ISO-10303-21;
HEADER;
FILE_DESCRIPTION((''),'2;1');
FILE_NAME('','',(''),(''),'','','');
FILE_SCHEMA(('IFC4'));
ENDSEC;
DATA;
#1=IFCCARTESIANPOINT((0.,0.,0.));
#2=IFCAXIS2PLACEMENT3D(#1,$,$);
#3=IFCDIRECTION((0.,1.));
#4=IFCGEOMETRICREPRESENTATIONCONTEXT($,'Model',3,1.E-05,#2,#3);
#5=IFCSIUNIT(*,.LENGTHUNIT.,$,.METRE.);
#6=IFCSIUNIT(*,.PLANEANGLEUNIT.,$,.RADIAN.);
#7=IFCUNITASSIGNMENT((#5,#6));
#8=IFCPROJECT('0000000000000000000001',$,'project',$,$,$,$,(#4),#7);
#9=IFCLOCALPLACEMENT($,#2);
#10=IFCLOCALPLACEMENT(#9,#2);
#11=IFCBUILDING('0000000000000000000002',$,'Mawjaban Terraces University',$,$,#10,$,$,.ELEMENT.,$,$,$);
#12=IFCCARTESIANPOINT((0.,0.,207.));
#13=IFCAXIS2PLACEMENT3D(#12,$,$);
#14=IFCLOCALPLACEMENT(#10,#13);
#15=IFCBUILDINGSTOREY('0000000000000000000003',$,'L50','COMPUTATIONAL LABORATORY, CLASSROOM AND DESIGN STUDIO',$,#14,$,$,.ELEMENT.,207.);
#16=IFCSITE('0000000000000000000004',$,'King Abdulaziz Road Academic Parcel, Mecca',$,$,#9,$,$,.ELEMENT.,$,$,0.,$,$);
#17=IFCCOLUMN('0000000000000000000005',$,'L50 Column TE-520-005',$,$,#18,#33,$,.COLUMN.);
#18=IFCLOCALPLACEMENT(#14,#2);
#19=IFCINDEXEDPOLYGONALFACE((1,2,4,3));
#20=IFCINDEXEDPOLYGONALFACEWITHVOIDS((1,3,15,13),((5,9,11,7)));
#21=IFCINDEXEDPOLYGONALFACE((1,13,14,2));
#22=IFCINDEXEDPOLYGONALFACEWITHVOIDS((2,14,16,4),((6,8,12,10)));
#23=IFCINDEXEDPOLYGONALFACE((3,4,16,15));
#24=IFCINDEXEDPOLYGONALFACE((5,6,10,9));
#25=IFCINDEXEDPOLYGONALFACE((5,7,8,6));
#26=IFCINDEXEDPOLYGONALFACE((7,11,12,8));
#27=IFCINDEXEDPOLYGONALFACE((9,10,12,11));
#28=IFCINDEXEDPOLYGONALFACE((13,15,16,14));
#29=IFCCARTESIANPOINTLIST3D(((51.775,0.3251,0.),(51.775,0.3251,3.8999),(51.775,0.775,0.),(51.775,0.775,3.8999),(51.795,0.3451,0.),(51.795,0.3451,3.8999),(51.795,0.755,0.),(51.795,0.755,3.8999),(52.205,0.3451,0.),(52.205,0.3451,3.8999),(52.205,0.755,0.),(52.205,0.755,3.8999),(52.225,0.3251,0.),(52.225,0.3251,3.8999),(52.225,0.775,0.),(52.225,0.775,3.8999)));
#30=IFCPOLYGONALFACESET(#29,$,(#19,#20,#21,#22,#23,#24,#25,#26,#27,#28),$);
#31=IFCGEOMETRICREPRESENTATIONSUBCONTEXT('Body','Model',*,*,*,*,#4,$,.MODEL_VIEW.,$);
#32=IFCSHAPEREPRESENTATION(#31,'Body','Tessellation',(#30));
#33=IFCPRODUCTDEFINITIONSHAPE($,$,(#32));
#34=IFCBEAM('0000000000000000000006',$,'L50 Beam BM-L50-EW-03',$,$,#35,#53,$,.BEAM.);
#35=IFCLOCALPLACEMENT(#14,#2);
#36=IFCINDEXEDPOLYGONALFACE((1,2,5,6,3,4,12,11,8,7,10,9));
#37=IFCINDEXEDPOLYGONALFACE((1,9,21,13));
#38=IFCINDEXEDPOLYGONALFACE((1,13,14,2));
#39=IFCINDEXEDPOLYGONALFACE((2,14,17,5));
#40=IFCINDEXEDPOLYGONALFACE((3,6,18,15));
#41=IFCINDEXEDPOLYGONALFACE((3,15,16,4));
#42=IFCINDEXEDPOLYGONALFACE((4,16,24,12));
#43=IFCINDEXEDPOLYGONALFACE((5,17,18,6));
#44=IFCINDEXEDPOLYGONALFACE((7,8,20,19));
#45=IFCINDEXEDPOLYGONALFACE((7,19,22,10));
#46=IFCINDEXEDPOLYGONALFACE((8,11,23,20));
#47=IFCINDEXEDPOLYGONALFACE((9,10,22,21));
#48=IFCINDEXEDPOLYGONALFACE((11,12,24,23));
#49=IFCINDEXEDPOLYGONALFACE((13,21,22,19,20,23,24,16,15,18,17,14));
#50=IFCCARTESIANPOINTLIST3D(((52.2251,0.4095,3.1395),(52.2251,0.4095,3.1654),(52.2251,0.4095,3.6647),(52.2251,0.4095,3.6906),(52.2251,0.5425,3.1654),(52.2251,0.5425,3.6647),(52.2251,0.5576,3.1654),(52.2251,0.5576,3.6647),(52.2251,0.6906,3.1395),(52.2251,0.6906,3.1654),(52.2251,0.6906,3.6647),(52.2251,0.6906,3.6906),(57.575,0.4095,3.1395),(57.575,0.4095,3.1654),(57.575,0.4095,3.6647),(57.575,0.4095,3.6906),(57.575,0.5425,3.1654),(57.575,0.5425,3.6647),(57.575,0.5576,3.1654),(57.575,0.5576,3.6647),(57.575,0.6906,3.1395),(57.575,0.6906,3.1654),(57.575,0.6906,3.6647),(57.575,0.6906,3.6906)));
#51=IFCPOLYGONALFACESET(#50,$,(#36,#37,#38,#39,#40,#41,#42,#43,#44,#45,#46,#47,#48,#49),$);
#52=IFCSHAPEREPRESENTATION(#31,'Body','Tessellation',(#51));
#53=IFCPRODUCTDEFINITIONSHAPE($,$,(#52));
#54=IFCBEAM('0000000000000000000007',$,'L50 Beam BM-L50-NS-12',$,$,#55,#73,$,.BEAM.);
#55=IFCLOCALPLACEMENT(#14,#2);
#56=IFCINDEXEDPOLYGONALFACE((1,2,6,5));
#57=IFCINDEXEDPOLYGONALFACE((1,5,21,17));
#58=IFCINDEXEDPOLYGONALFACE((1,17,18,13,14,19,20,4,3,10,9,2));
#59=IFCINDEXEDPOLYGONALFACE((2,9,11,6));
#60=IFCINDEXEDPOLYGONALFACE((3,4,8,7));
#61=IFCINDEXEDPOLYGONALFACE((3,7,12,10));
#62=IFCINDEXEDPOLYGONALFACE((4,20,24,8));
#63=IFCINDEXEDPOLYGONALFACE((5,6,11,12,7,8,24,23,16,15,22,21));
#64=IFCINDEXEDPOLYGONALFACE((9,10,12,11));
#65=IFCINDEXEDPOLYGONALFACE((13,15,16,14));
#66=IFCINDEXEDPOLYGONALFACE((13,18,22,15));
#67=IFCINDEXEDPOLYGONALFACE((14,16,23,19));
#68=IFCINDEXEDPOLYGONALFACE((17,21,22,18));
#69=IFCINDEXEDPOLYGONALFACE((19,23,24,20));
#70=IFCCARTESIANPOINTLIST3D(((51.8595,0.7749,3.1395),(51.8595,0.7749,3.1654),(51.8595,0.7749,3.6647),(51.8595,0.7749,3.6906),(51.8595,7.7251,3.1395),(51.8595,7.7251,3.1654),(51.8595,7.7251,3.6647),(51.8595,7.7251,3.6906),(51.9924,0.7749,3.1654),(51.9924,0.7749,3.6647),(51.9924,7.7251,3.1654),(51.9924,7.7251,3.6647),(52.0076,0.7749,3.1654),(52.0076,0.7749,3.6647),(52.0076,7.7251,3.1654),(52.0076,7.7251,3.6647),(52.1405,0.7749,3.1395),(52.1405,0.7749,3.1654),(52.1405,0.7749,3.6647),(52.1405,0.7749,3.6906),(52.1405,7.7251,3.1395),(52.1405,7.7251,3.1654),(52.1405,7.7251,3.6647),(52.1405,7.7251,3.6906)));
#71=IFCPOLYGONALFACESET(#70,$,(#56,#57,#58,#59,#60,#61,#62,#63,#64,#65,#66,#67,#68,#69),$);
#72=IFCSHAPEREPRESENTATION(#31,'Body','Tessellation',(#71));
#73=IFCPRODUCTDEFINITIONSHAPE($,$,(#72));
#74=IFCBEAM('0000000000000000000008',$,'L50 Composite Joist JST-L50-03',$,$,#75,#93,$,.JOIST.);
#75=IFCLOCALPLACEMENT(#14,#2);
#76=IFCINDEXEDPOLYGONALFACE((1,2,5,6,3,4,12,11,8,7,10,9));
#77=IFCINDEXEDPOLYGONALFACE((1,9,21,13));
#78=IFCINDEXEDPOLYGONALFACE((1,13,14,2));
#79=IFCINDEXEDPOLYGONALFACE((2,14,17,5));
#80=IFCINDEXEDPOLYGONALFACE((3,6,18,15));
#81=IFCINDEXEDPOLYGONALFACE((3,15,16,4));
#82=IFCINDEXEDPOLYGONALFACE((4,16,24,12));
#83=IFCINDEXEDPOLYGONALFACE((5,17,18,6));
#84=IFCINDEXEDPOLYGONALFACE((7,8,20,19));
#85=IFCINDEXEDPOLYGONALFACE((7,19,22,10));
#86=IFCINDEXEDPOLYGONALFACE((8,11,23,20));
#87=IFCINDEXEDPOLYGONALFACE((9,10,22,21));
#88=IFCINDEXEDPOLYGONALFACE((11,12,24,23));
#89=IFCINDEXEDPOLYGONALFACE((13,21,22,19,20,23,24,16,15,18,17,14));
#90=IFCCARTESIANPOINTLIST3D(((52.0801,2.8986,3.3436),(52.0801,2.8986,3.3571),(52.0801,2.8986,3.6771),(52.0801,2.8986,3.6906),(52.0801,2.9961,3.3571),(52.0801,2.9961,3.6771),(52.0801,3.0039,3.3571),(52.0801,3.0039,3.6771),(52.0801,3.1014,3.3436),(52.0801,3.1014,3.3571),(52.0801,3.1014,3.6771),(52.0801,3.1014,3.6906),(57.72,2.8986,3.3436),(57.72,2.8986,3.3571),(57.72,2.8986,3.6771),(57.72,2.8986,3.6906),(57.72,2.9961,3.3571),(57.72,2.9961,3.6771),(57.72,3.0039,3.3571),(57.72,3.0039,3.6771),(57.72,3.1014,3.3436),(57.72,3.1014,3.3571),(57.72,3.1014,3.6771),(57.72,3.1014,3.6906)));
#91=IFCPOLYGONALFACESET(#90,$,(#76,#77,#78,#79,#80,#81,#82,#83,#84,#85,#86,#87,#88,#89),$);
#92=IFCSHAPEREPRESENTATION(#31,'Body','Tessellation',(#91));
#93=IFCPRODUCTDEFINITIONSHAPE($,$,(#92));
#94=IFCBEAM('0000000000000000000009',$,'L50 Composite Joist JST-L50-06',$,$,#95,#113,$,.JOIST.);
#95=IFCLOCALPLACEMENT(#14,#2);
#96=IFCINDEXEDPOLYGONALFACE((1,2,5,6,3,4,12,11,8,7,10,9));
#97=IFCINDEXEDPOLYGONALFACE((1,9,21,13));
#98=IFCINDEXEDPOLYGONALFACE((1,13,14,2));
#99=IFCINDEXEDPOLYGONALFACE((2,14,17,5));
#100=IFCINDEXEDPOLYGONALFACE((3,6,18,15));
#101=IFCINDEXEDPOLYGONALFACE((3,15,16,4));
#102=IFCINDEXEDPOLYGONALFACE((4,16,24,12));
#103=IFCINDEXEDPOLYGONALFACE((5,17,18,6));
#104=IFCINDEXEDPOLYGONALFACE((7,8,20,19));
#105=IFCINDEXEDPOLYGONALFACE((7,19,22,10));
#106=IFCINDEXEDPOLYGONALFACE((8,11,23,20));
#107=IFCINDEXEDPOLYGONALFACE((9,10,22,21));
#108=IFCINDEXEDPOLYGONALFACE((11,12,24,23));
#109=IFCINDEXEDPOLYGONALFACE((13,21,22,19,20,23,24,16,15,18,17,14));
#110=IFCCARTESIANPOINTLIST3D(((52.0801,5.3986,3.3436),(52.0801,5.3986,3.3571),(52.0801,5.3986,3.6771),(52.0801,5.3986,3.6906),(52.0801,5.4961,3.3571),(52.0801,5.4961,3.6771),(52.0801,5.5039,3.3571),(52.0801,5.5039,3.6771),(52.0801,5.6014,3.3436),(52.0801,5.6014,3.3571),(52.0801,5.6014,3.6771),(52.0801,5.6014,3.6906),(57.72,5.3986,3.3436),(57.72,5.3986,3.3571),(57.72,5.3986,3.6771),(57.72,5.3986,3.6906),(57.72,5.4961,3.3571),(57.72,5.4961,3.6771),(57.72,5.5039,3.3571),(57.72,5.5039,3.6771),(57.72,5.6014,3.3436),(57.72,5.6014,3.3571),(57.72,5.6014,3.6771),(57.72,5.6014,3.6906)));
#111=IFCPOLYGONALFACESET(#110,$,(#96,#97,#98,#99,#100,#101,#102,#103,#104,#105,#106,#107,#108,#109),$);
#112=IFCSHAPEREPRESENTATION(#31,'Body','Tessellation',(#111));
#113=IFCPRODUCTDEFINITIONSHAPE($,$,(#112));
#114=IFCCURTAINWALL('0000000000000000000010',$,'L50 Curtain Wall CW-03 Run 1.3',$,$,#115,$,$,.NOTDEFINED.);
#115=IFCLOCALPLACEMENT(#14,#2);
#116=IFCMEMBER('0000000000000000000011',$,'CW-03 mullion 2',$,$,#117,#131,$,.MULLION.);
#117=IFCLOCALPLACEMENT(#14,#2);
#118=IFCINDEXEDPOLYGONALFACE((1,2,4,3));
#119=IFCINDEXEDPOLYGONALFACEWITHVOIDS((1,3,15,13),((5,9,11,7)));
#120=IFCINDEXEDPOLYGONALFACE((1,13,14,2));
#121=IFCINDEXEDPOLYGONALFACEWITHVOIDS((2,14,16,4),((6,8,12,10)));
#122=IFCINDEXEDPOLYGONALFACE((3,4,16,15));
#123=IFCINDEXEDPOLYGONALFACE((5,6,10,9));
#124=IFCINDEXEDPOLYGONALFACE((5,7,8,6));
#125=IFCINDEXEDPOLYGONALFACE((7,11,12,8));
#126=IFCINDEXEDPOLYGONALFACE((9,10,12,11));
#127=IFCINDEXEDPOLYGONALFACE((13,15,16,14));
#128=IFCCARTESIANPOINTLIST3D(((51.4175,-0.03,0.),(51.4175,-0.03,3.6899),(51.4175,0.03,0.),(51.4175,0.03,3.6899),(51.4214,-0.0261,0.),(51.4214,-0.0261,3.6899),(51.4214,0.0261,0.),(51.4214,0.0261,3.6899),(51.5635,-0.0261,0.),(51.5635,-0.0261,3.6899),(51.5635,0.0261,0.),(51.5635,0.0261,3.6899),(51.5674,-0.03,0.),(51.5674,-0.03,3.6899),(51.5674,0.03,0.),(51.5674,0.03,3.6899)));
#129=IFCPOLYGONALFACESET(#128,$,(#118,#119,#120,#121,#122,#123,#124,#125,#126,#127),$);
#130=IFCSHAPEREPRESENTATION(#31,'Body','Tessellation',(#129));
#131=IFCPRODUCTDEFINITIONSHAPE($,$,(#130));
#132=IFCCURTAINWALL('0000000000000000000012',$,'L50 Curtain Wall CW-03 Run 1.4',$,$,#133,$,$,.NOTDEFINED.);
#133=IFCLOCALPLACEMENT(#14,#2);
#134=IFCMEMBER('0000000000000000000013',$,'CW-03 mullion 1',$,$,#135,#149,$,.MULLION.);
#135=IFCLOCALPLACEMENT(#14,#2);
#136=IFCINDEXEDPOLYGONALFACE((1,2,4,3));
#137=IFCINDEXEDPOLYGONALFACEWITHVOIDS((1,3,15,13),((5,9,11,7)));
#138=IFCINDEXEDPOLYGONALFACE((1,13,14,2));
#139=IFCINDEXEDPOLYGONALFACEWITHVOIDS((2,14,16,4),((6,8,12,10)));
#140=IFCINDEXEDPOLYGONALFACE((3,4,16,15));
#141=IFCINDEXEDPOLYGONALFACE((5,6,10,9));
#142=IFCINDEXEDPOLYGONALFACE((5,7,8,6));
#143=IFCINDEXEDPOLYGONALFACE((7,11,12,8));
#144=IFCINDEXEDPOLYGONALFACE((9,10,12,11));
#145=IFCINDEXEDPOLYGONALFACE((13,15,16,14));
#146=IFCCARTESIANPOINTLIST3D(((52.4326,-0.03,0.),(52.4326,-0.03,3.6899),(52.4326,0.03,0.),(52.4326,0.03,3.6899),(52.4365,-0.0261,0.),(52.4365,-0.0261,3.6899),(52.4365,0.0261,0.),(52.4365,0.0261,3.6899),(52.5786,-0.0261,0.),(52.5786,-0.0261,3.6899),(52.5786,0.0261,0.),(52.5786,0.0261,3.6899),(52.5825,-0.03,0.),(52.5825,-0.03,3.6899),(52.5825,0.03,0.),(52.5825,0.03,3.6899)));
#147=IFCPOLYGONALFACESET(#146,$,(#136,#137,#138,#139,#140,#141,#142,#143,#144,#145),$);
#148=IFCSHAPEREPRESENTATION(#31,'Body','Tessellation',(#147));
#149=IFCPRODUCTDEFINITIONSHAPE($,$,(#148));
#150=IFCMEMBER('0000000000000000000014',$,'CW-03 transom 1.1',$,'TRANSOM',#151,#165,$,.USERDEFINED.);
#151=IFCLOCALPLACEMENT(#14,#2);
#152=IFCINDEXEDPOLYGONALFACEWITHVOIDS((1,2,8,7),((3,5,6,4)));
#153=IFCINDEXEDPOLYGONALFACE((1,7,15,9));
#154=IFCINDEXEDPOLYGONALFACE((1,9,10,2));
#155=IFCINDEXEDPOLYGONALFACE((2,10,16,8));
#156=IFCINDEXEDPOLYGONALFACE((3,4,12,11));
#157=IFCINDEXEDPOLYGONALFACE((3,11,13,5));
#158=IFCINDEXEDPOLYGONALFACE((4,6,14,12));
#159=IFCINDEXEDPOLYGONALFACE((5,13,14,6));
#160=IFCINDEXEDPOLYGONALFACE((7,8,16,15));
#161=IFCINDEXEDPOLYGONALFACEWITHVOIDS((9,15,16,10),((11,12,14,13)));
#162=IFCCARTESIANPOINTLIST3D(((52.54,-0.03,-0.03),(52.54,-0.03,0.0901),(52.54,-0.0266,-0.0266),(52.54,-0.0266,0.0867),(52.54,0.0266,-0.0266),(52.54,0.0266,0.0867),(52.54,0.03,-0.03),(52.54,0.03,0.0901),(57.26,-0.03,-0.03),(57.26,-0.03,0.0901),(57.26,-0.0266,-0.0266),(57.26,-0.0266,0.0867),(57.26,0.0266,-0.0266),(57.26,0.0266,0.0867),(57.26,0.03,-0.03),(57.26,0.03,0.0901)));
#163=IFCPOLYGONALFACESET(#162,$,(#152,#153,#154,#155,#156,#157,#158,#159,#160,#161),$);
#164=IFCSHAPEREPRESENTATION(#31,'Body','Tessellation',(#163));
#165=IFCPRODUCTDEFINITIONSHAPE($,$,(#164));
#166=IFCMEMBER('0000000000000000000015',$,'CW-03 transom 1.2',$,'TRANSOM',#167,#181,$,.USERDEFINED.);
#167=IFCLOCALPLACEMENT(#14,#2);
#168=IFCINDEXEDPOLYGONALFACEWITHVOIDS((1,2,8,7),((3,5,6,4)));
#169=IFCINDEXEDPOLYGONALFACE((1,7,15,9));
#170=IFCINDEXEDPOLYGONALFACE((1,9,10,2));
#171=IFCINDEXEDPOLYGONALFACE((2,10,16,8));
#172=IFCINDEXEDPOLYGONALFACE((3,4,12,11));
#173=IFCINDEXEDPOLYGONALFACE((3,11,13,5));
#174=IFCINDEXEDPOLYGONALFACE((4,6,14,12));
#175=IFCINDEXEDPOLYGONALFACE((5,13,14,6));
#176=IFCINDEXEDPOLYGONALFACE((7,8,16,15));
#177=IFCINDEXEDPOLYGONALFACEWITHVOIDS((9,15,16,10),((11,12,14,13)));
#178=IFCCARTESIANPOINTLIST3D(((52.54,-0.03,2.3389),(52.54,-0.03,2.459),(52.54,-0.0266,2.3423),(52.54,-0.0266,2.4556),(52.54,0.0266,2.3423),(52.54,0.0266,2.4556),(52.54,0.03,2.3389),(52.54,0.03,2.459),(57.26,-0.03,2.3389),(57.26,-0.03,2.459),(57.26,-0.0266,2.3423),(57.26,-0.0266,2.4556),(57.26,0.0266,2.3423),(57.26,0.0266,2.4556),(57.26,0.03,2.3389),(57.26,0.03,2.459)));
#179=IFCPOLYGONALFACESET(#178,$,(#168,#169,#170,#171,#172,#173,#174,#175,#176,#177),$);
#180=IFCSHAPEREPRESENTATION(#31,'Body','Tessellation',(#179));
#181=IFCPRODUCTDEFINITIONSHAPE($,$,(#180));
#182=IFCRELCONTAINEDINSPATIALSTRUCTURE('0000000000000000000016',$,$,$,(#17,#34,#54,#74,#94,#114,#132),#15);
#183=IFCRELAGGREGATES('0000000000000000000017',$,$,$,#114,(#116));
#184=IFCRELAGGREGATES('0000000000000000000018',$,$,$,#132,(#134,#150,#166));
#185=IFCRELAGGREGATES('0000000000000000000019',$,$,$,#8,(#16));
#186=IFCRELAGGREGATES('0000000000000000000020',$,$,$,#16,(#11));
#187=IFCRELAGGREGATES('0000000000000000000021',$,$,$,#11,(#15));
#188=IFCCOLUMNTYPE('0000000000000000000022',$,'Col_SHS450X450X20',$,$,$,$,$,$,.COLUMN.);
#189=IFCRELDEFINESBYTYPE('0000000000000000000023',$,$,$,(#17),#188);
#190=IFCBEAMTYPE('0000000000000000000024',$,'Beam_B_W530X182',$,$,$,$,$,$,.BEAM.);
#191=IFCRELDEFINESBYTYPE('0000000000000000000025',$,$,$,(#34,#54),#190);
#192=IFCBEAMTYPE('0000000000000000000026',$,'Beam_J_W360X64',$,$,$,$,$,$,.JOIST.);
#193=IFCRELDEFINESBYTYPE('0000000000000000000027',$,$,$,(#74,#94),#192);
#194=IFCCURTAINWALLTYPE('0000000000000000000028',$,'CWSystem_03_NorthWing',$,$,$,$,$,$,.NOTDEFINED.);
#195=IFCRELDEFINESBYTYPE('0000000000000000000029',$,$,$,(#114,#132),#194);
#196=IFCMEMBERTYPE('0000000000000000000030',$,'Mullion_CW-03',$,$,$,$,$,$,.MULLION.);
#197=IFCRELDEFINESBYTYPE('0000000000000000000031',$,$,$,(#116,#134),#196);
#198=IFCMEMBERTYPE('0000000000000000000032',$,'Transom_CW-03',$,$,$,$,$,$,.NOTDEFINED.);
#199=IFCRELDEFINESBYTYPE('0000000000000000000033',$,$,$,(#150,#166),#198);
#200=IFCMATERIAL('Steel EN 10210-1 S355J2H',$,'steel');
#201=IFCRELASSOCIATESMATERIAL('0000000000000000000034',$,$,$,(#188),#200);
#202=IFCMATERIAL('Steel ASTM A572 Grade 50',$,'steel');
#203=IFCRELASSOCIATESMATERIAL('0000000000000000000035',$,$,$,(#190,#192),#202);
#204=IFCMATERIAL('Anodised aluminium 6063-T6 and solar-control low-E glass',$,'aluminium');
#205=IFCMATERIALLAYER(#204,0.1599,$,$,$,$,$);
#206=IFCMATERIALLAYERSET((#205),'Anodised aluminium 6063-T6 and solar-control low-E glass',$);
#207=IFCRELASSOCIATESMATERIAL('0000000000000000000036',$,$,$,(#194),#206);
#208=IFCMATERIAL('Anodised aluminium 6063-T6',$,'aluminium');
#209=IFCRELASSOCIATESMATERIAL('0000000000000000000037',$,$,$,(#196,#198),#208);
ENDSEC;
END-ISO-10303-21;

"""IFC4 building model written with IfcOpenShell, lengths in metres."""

from ifc_helpers import new_model, si_unit, direction, frame, origin, origin_2d, place, context, subcontext, project, spatial, hollow_rectangle, i_section, extrude, material, layer, layer_set, material_profile, profile_set, type_object, element, aggregate, save


model = new_model("IFC4")

# Units and contexts
model_context = context("Model", 3, precision=1e-05, world=origin(), true_north=direction((0.0, 1.0)))
body_context = subcontext(model_context, "Body", "Model", "MODEL_VIEW")
ifc_project = project(units=[si_unit("LENGTHUNIT", "METRE"), si_unit("PLANEANGLEUNIT", "RADIAN")], contexts=[model_context])

# Site, building, storey
site_placement = place(None, origin())
site = spatial("IfcSite", under=ifc_project, at=site_placement, Name="King Abdulaziz Road Academic Parcel, Mecca", CompositionType="ELEMENT", RefElevation=0.0)
building_placement = place(site_placement, origin())
building = spatial("IfcBuilding", under=site, at=building_placement, Name="Mawjaban Terraces University", CompositionType="ELEMENT")
storey_placement = place(building_placement, frame((0.0, 0.0, 207.0)))
storey = spatial("IfcBuildingStorey", under=building, at=storey_placement, Name="L50", Description="COMPUTATIONAL LABORATORY, CLASSROOM AND DESIGN STUDIO", CompositionType="ELEMENT", Elevation=207.0)

# Column
ifc_material_1 = material(Name="Steel EN 10210-1 S355J2H", Category="steel")
ifc_material_profile_1 = material_profile(ifc_material_1, hollow_rectangle(XDim=0.45, YDim=0.45, WallThickness=0.02, at=origin_2d()), Name="SHS450X450X20")
ifc_profile_set_1 = profile_set([ifc_material_profile_1], Name="Steel EN 10210-1 S355J2H")
column_type = type_object("IfcColumnType", Name="Col_SHS450X450X20", PredefinedType="COLUMN", material=ifc_profile_set_1)
column_placement = place(storey_placement, frame((52.0, 0.55, 0.0), z_axis=(0.0, 0.0, 1.0), x_axis=(1.0, 0.0, 0.0)))
element("IfcColumn", 1, at=column_placement, inside=storey, type_object=column_type, Name="L50 Column TE-520-005", PredefinedType="COLUMN", context=body_context, shape_type="SweptSolid", body=[
    extrude(hollow_rectangle(XDim=0.45, YDim=0.45, WallThickness=0.02, at=origin_2d()), origin(), (0.0, 0.0, 1.0), 3.8999),
])

# Beams
ifc_material_2 = material(Name="Steel ASTM A572 Grade 50", Category="steel")
ifc_material_profile_2 = material_profile(ifc_material_2, i_section(OverallWidth=0.281, OverallDepth=0.551, WebThickness=0.0151, FlangeThickness=0.0259, at=origin_2d()), Name="W530X182")
ifc_profile_set_2 = profile_set([ifc_material_profile_2], Name="Steel ASTM A572 Grade 50")
beam_type_1 = type_object("IfcBeamType", Name="Beam_B_W530X182", PredefinedType="BEAM", material=ifc_profile_set_2)
beam_1_placement = place(storey_placement, frame((52.2251, 0.55, 3.415), z_axis=(1.0, 0.0, 0.0), x_axis=(0.0, 1.0, 0.0)))
element("IfcBeam", 2, at=beam_1_placement, inside=storey, type_object=beam_type_1, Name="L50 Beam BM-L50-EW-03", PredefinedType="BEAM", context=body_context, shape_type="SweptSolid", body=[
    extrude(i_section(OverallWidth=0.281, OverallDepth=0.551, WebThickness=0.0151, FlangeThickness=0.0259, at=origin_2d()), origin(), (0.0, 0.0, 1.0), 5.3499),
])
beam_2_placement = place(storey_placement, frame((52.0, 0.7749, 3.415), z_axis=(0.0, 1.0, 0.0), x_axis=(-1.0, 0.0, 0.0)))
element("IfcBeam", 3, at=beam_2_placement, inside=storey, type_object=beam_type_1, Name="L50 Beam BM-L50-NS-12", PredefinedType="BEAM", context=body_context, shape_type="SweptSolid", body=[
    extrude(i_section(OverallWidth=0.281, OverallDepth=0.551, WebThickness=0.0151, FlangeThickness=0.0259, at=origin_2d()), origin(), (0.0, 0.0, 1.0), 6.9502),
])
ifc_material_profile_3 = material_profile(ifc_material_2, i_section(OverallWidth=0.2029, OverallDepth=0.3469, WebThickness=0.0078, FlangeThickness=0.0134, at=origin_2d()), Name="W360X64")
ifc_profile_set_3 = profile_set([ifc_material_profile_3], Name="Steel ASTM A572 Grade 50")
beam_type_2 = type_object("IfcBeamType", Name="Beam_J_W360X64", PredefinedType="JOIST", material=ifc_profile_set_3)
for number, where, z_axis, x_axis, name in (
    (4, (52.0801, 3.0, 3.5171), (1.0, 0.0, 0.0), (0.0, 1.0, 0.0), "L50 Composite Joist JST-L50-03"),
    (5, (52.0801, 5.5, 3.5171), (1.0, 0.0, 0.0), (0.0, 1.0, 0.0), "L50 Composite Joist JST-L50-06"),
):
    element("IfcBeam", number, at=place(storey_placement, frame(where, z_axis=z_axis, x_axis=x_axis)), inside=storey, type_object=beam_type_2, Name=name, PredefinedType="JOIST", context=body_context, shape_type="SweptSolid", body=[
        extrude(i_section(OverallWidth=0.2029, OverallDepth=0.3469, WebThickness=0.0078, FlangeThickness=0.0134, at=origin_2d()), origin(), (0.0, 0.0, 1.0), 5.6399),
    ])

# Curtain wall, member
ifc_material_3 = material(Name="Anodised aluminium 6063-T6 and solar-control low-E glass", Category="aluminium")
ifc_layer_1 = layer(ifc_material_3, 0.1599)
ifc_layer_set_1 = layer_set([ifc_layer_1], Name="Anodised aluminium 6063-T6 and solar-control low-E glass")
curtain_wall_type = type_object("IfcCurtainWallType", Name="CWSystem_03_NorthWing", PredefinedType="NOTDEFINED", material=ifc_layer_set_1)
curtain_wall_1_placement = place(storey_placement, origin())
curtain_wall_1 = element("IfcCurtainWall", 6, at=curtain_wall_1_placement, inside=storey, type_object=curtain_wall_type, Name="L50 Curtain Wall CW-03 Run 1.3", PredefinedType="NOTDEFINED")
ifc_material_4 = material(Name="Anodised aluminium 6063-T6", Category="aluminium")
ifc_material_profile_4 = material_profile(ifc_material_4, hollow_rectangle(XDim=0.0601, YDim=0.1499, WallThickness=0.0039, at=origin_2d()), Name="ALU150X60X4")
ifc_profile_set_4 = profile_set([ifc_material_profile_4], Name="Anodised aluminium 6063-T6")
member_type_1 = type_object("IfcMemberType", Name="Mullion_CW-03", PredefinedType="MULLION", material=ifc_profile_set_4)
member_1_placement = place(storey_placement, frame((51.4924, 0.0, 0.0), z_axis=(0.0, 0.0, 1.0), x_axis=(0.0, 1.0, 0.0)))
member_1 = element("IfcMember", 7, at=member_1_placement, type_object=member_type_1, Name="CW-03 mullion 2", PredefinedType="MULLION", context=body_context, shape_type="SweptSolid", body=[
    extrude(hollow_rectangle(XDim=0.0601, YDim=0.1499, WallThickness=0.0039, at=origin_2d()), origin(), (0.0, 0.0, 1.0), 3.6899),
])
aggregate(curtain_wall_1, [member_1])

# Curtain wall, members
curtain_wall_2_placement = place(storey_placement, origin())
curtain_wall_2 = element("IfcCurtainWall", 8, at=curtain_wall_2_placement, inside=storey, type_object=curtain_wall_type, Name="L50 Curtain Wall CW-03 Run 1.4", PredefinedType="NOTDEFINED")
member_2_placement = place(storey_placement, frame((52.5076, 0.0, 0.0), z_axis=(0.0, 0.0, 1.0), x_axis=(0.0, 1.0, 0.0)))
member_2 = element("IfcMember", 9, at=member_2_placement, type_object=member_type_1, Name="CW-03 mullion 1", PredefinedType="MULLION", context=body_context, shape_type="SweptSolid", body=[
    extrude(hollow_rectangle(XDim=0.0601, YDim=0.1499, WallThickness=0.0039, at=origin_2d()), origin(), (0.0, 0.0, 1.0), 3.6899),
])
ifc_material_profile_5 = material_profile(ifc_material_4, hollow_rectangle(XDim=0.0601, YDim=0.1201, WallThickness=0.0034, at=origin_2d()), Name="ALU120X60X3.5")
ifc_profile_set_5 = profile_set([ifc_material_profile_5], Name="Anodised aluminium 6063-T6")
member_type_2 = type_object("IfcMemberType", Name="Transom_CW-03", PredefinedType="NOTDEFINED", material=ifc_profile_set_5)
member_3_placement = place(storey_placement, frame((52.54, 0.0, 0.03), z_axis=(1.0, 0.0, 0.0), x_axis=(0.0, 1.0, 0.0)))
member_3 = element("IfcMember", 10, at=member_3_placement, type_object=member_type_2, Name="CW-03 transom 1.1", ObjectType="TRANSOM", PredefinedType="USERDEFINED", context=body_context, shape_type="SweptSolid", body=[
    extrude(hollow_rectangle(XDim=0.0601, YDim=0.1201, WallThickness=0.0034, at=origin_2d()), origin(), (0.0, 0.0, 1.0), 4.72),
])
member_4_placement = place(storey_placement, frame((52.54, 0.0, 2.3989), z_axis=(1.0, 0.0, 0.0), x_axis=(0.0, 1.0, 0.0)))
member_4 = element("IfcMember", 11, at=member_4_placement, type_object=member_type_2, Name="CW-03 transom 1.2", ObjectType="TRANSOM", PredefinedType="USERDEFINED", context=body_context, shape_type="SweptSolid", body=[
    extrude(hollow_rectangle(XDim=0.0601, YDim=0.1201, WallThickness=0.0034, at=origin_2d()), origin(), (0.0, 0.0, 1.0), 4.72),
])
aggregate(curtain_wall_2, [member_2, member_3, member_4])

save(model, "model.ifc")
